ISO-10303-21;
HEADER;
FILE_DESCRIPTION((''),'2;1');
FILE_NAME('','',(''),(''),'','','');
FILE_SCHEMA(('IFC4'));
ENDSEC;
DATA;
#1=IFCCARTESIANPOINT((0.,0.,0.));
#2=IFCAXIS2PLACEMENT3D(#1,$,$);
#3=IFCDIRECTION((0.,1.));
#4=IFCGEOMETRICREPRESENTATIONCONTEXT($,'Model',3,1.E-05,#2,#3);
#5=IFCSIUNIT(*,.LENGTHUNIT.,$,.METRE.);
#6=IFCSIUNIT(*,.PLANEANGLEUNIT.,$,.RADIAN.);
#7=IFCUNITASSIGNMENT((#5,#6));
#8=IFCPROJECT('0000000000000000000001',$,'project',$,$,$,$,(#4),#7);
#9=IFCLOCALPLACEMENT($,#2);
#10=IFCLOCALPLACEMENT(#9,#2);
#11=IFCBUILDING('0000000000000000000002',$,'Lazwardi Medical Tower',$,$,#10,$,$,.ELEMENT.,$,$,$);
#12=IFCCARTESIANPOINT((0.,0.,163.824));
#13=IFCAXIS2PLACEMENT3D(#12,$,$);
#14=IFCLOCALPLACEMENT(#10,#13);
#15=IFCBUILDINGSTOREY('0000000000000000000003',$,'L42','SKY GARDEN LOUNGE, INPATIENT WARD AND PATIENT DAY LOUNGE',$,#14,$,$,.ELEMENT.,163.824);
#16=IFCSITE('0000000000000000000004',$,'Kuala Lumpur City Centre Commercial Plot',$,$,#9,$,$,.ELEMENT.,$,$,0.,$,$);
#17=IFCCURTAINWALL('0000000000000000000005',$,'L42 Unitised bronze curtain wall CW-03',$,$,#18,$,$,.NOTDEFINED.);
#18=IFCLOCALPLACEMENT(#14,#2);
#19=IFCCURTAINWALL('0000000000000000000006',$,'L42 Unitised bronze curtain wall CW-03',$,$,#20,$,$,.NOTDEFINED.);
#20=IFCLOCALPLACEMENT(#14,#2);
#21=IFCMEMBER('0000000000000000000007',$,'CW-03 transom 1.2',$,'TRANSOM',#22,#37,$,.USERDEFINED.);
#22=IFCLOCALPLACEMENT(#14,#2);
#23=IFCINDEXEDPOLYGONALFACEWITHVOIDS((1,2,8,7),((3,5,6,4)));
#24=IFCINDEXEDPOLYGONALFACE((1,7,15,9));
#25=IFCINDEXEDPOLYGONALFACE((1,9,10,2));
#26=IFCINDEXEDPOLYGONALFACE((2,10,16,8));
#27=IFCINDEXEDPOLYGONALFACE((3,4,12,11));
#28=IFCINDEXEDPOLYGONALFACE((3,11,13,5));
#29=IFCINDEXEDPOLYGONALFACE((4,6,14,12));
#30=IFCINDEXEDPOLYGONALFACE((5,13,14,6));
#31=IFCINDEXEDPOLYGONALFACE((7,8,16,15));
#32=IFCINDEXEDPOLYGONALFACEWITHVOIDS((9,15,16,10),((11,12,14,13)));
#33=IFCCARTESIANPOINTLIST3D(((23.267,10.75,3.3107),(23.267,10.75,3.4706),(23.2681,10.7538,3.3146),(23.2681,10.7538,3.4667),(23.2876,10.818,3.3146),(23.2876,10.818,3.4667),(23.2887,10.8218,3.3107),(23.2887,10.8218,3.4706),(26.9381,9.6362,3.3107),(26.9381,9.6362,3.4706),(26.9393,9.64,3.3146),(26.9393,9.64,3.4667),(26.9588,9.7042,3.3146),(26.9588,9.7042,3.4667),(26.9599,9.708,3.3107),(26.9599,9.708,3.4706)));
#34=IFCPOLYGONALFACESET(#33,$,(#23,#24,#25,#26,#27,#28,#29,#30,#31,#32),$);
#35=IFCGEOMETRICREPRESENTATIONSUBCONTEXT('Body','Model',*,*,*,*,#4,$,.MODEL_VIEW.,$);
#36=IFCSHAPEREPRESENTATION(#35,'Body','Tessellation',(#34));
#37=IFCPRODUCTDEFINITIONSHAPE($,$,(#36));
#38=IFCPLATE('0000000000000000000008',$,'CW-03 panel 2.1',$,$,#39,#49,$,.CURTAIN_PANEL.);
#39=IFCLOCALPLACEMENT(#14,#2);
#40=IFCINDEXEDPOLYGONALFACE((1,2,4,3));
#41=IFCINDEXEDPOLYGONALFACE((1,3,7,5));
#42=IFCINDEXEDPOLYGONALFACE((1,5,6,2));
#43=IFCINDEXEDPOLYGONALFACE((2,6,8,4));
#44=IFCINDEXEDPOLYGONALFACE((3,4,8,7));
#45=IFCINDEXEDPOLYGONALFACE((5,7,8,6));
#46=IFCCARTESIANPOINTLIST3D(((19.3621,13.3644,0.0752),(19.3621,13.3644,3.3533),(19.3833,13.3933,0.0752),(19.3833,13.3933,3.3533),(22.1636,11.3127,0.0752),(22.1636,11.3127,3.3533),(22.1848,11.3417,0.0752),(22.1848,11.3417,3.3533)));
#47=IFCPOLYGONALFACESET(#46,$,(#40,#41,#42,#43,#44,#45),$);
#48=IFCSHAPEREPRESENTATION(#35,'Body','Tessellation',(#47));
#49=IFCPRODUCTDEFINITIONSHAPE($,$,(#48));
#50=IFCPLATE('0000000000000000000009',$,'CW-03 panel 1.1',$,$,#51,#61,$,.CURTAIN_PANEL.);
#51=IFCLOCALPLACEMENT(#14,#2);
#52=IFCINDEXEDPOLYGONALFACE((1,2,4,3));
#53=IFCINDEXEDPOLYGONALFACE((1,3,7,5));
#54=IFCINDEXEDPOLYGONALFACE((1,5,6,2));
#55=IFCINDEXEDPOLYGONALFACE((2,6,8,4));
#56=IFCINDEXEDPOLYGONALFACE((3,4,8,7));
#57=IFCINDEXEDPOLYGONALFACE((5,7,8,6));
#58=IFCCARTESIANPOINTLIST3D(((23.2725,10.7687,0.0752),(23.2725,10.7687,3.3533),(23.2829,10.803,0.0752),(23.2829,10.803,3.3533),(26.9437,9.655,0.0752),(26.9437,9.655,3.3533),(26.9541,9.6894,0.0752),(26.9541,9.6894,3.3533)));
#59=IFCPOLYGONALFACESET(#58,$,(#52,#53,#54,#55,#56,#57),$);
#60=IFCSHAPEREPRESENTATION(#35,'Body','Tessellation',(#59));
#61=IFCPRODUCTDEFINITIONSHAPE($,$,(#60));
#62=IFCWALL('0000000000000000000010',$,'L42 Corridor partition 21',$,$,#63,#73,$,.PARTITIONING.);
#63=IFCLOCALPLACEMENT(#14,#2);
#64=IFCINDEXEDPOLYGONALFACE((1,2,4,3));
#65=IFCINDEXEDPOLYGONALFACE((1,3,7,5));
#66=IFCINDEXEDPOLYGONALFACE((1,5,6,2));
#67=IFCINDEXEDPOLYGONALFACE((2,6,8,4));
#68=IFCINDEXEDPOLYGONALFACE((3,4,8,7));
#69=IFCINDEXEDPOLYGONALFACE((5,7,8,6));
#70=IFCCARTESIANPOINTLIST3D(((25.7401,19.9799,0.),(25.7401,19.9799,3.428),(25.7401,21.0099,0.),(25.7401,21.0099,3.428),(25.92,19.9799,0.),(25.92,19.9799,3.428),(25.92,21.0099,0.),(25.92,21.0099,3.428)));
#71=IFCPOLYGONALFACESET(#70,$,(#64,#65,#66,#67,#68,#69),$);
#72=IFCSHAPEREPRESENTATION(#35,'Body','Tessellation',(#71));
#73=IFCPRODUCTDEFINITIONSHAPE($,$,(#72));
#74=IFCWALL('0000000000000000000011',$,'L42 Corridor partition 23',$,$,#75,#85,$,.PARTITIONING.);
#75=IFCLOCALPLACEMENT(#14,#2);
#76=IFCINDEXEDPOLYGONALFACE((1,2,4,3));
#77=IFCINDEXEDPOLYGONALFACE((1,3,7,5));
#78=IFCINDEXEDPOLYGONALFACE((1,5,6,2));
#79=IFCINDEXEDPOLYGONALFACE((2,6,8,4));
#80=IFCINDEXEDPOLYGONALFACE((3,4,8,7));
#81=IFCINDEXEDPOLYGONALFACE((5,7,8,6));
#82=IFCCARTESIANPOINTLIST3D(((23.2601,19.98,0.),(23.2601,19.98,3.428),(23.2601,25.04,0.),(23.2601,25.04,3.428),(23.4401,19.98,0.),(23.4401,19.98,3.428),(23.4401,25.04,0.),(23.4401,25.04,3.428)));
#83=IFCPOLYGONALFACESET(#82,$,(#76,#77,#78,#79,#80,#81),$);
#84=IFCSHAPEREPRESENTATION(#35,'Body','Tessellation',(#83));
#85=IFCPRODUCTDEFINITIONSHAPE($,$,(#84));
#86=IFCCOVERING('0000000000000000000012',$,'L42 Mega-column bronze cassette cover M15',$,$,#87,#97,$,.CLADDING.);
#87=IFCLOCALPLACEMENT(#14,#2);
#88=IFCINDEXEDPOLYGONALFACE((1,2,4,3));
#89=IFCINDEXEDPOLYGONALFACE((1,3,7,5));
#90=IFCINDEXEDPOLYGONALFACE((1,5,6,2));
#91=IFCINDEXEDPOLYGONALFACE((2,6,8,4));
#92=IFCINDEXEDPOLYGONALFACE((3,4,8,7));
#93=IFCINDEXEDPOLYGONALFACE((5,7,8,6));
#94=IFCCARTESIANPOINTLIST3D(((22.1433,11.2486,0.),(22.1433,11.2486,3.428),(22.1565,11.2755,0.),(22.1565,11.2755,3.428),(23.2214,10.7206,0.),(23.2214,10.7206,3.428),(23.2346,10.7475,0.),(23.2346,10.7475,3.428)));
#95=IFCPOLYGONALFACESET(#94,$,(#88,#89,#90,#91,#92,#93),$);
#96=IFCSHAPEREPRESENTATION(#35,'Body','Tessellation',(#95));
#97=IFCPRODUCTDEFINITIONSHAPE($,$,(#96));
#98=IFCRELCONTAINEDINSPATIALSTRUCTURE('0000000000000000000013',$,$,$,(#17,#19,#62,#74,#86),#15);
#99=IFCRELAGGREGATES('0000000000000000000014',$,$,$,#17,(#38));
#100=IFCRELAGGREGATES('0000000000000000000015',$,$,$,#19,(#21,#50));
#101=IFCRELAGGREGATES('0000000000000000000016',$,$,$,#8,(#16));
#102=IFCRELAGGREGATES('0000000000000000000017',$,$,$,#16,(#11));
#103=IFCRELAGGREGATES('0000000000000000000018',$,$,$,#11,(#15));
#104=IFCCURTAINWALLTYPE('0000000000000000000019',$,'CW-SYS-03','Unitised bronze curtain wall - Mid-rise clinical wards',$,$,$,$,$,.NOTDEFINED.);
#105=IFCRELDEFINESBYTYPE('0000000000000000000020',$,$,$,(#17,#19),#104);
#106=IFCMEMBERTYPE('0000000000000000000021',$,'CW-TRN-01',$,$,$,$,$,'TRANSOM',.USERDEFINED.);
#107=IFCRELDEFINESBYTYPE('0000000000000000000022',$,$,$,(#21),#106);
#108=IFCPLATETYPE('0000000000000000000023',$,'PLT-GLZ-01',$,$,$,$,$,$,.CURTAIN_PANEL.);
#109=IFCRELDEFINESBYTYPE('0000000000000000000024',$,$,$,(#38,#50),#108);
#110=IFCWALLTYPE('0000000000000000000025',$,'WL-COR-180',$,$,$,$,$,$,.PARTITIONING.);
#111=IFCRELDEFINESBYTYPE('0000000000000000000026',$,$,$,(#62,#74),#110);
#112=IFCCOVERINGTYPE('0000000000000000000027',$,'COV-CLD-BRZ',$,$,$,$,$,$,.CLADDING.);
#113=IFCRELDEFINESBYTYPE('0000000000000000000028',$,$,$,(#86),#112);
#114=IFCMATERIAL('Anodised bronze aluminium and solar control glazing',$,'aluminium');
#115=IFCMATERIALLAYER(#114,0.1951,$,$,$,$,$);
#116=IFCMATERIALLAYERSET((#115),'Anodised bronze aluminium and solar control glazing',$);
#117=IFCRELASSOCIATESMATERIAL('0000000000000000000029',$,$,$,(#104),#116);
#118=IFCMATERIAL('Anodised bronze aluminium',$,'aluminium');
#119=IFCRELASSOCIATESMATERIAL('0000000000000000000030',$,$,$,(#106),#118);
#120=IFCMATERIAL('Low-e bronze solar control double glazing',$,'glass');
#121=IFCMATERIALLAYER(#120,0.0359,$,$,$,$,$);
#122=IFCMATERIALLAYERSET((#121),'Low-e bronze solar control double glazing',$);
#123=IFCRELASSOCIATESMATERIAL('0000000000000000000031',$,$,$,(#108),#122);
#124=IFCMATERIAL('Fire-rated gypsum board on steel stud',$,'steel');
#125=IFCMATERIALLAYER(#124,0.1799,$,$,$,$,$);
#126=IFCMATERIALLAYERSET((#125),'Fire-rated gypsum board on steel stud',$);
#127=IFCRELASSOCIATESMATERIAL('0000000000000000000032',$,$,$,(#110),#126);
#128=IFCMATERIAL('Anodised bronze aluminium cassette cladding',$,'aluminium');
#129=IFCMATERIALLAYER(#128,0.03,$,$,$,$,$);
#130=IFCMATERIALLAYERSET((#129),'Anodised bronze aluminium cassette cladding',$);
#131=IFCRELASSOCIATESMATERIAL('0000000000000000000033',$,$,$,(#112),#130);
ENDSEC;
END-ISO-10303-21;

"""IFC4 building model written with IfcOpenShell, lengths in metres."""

from ifc_helpers import new_model, si_unit, direction, frame, frame_2d, origin, origin_2d, place, context, subcontext, project, spatial, rectangle, hollow_rectangle, extrude, material, layer, layer_set, material_profile, profile_set, type_object, element, aggregate, save


model = new_model("IFC4")

# Units and contexts
model_context = context("Model", 3, precision=1e-05, world=origin(), true_north=direction((0.0, 1.0)))
body_context = subcontext(model_context, "Body", "Model", "MODEL_VIEW")
ifc_project = project(units=[si_unit("LENGTHUNIT", "METRE"), si_unit("PLANEANGLEUNIT", "RADIAN")], contexts=[model_context])

# Site, building, storey
site_placement = place(None, origin())
site = spatial("IfcSite", under=ifc_project, at=site_placement, Name="Kuala Lumpur City Centre Commercial Plot", CompositionType="ELEMENT", RefElevation=0.0)
building_placement = place(site_placement, origin())
building = spatial("IfcBuilding", under=site, at=building_placement, Name="Lazwardi Medical Tower", CompositionType="ELEMENT")
storey_placement = place(building_placement, frame((0.0, 0.0, 163.824)))
storey = spatial("IfcBuildingStorey", under=building, at=storey_placement, Name="L42", Description="SKY GARDEN LOUNGE, INPATIENT WARD AND PATIENT DAY LOUNGE", CompositionType="ELEMENT", Elevation=163.824)

# Curtain walls
ifc_material_1 = material(Name="Anodised bronze aluminium and solar control glazing", Category="aluminium")
ifc_layer_1 = layer(ifc_material_1, 0.1951)
ifc_layer_set_1 = layer_set([ifc_layer_1], Name="Anodised bronze aluminium and solar control glazing")
curtain_wall_type = type_object("IfcCurtainWallType", Name="CW-SYS-03", Description="Unitised bronze curtain wall - Mid-rise clinical wards", PredefinedType="NOTDEFINED", material=ifc_layer_set_1)
curtain_wall_1_placement = place(storey_placement, origin())
curtain_wall_1 = element("IfcCurtainWall", 1, at=curtain_wall_1_placement, inside=storey, type_object=curtain_wall_type, Name="L42 Unitised bronze curtain wall CW-03", PredefinedType="NOTDEFINED")
ifc_material_2 = material(Name="Anodised bronze aluminium", Category="aluminium")
curtain_wall_2_placement = place(storey_placement, origin())
curtain_wall_2 = element("IfcCurtainWall", 2, at=curtain_wall_2_placement, inside=storey, type_object=curtain_wall_type, Name="L42 Unitised bronze curtain wall CW-03", PredefinedType="NOTDEFINED")

# Member
ifc_material_profile_1 = material_profile(ifc_material_2, hollow_rectangle(XDim=0.075, YDim=0.1599, WallThickness=0.0039, at=origin_2d()), Name="ALU-TRANSOM 160x75x4")
ifc_profile_set_1 = profile_set([ifc_material_profile_1], Name="Anodised bronze aluminium")
member_type_1 = type_object("IfcMemberType", Name="CW-TRN-01", ElementType="TRANSOM", PredefinedType="USERDEFINED", material=ifc_profile_set_1)
member_1_placement = place(storey_placement, frame((23.2778, 10.7859, 3.3906), z_axis=(0.95693, -0.290318, 0.0), x_axis=(0.290318, 0.95693, 0.0)))
member_1 = element("IfcMember", 3, at=member_1_placement, type_object=member_type_1, Name="CW-03 transom 1.2", ObjectType="TRANSOM", PredefinedType="USERDEFINED", context=body_context, shape_type="SweptSolid", body=[
    extrude(hollow_rectangle(XDim=0.075, YDim=0.1599, WallThickness=0.0039, at=origin_2d()), origin(), (0.0, 0.0, 1.0), 3.8364),
])

# Plates
ifc_material_3 = material(Name="Low-e bronze solar control double glazing", Category="glass")
ifc_layer_2 = layer(ifc_material_3, 0.0359)
ifc_layer_set_2 = layer_set([ifc_layer_2], Name="Low-e bronze solar control double glazing")
plate_type = type_object("IfcPlateType", Name="PLT-GLZ-01", PredefinedType="CURTAIN_PANEL", material=ifc_layer_set_2)
plate_1_placement = place(storey_placement, frame((20.7734, 12.353, 0.0752), z_axis=(0.0, 0.0, 1.0), x_axis=(0.806793, -0.590834, 0.0)))
plate_1 = element("IfcPlate", 4, at=plate_1_placement, type_object=plate_type, Name="CW-03 panel 2.1", PredefinedType="CURTAIN_PANEL", context=body_context, shape_type="SweptSolid", body=[
    extrude(rectangle(XDim=3.4724, YDim=0.0359, at=origin_2d()), origin(), (0.0, 0.0, 1.0), 3.2781),
])
aggregate(curtain_wall_1, [plate_1])
plate_2_placement = place(storey_placement, frame((25.1133, 10.229, 0.0752), z_axis=(0.0, 0.0, 1.0), x_axis=(0.956942, -0.290281, 0.0)))
plate_2 = element("IfcPlate", 5, at=plate_2_placement, type_object=plate_type, Name="CW-03 panel 1.1", PredefinedType="CURTAIN_PANEL", context=body_context, shape_type="SweptSolid", body=[
    extrude(rectangle(XDim=3.8364, YDim=0.0359, at=origin_2d()), origin(), (0.0, 0.0, 1.0), 3.2781),
])
aggregate(curtain_wall_2, [member_1, plate_2])

# Walls
ifc_material_4 = material(Name="Fire-rated gypsum board on steel stud", Category="steel")
ifc_layer_3 = layer(ifc_material_4, 0.1799)
ifc_layer_set_3 = layer_set([ifc_layer_3], Name="Fire-rated gypsum board on steel stud")
wall_type = type_object("IfcWallType", Name="WL-COR-180", PredefinedType="PARTITIONING", material=ifc_layer_set_3)
wall_1_placement = place(storey_placement, frame((25.8301, 21.01, 0.0), z_axis=(0.0, 0.0, 1.0), x_axis=(0.0, -1.0, 0.0)))
element("IfcWall", 6, at=wall_1_placement, inside=storey, type_object=wall_type, Name="L42 Corridor partition 21", PredefinedType="PARTITIONING", context=body_context, shape_type="SweptSolid", body=[
    extrude(rectangle(XDim=1.03, YDim=0.1799, at=frame_2d((0.5151, 0.0))), origin(), (0.0, 0.0, 1.0), 3.428),
])
wall_2_placement = place(storey_placement, frame((23.3501, 19.98, 0.0), z_axis=(0.0, 0.0, 1.0), x_axis=(0.0, 1.0, 0.0)))
element("IfcWall", 7, at=wall_2_placement, inside=storey, type_object=wall_type, Name="L42 Corridor partition 23", PredefinedType="PARTITIONING", context=body_context, shape_type="SweptSolid", body=[
    extrude(rectangle(XDim=5.0601, YDim=0.1799, at=frame_2d((2.53, 0.0))), origin(), (0.0, 0.0, 1.0), 3.428),
])

# Covering
ifc_material_5 = material(Name="Anodised bronze aluminium cassette cladding", Category="aluminium")
ifc_layer_4 = layer(ifc_material_5, 0.03)
ifc_layer_set_4 = layer_set([ifc_layer_4], Name="Anodised bronze aluminium cassette cladding")
covering_type = type_object("IfcCoveringType", Name="COV-CLD-BRZ", PredefinedType="CLADDING", material=ifc_layer_set_4)
covering_placement = place(storey_placement, frame((22.689, 10.998, 0.0), z_axis=(0.0, 0.0, 1.0), x_axis=(0.898079, -0.439834, 0.0)))
element("IfcCovering", 8, at=covering_placement, inside=storey, type_object=covering_type, Name="L42 Mega-column bronze cassette cover M15", PredefinedType="CLADDING", context=body_context, shape_type="SweptSolid", body=[
    extrude(rectangle(XDim=1.2004, YDim=0.03, at=origin_2d()), origin(), (0.0, 0.0, 1.0), 3.428),
])

save(model, "model.ifc")
